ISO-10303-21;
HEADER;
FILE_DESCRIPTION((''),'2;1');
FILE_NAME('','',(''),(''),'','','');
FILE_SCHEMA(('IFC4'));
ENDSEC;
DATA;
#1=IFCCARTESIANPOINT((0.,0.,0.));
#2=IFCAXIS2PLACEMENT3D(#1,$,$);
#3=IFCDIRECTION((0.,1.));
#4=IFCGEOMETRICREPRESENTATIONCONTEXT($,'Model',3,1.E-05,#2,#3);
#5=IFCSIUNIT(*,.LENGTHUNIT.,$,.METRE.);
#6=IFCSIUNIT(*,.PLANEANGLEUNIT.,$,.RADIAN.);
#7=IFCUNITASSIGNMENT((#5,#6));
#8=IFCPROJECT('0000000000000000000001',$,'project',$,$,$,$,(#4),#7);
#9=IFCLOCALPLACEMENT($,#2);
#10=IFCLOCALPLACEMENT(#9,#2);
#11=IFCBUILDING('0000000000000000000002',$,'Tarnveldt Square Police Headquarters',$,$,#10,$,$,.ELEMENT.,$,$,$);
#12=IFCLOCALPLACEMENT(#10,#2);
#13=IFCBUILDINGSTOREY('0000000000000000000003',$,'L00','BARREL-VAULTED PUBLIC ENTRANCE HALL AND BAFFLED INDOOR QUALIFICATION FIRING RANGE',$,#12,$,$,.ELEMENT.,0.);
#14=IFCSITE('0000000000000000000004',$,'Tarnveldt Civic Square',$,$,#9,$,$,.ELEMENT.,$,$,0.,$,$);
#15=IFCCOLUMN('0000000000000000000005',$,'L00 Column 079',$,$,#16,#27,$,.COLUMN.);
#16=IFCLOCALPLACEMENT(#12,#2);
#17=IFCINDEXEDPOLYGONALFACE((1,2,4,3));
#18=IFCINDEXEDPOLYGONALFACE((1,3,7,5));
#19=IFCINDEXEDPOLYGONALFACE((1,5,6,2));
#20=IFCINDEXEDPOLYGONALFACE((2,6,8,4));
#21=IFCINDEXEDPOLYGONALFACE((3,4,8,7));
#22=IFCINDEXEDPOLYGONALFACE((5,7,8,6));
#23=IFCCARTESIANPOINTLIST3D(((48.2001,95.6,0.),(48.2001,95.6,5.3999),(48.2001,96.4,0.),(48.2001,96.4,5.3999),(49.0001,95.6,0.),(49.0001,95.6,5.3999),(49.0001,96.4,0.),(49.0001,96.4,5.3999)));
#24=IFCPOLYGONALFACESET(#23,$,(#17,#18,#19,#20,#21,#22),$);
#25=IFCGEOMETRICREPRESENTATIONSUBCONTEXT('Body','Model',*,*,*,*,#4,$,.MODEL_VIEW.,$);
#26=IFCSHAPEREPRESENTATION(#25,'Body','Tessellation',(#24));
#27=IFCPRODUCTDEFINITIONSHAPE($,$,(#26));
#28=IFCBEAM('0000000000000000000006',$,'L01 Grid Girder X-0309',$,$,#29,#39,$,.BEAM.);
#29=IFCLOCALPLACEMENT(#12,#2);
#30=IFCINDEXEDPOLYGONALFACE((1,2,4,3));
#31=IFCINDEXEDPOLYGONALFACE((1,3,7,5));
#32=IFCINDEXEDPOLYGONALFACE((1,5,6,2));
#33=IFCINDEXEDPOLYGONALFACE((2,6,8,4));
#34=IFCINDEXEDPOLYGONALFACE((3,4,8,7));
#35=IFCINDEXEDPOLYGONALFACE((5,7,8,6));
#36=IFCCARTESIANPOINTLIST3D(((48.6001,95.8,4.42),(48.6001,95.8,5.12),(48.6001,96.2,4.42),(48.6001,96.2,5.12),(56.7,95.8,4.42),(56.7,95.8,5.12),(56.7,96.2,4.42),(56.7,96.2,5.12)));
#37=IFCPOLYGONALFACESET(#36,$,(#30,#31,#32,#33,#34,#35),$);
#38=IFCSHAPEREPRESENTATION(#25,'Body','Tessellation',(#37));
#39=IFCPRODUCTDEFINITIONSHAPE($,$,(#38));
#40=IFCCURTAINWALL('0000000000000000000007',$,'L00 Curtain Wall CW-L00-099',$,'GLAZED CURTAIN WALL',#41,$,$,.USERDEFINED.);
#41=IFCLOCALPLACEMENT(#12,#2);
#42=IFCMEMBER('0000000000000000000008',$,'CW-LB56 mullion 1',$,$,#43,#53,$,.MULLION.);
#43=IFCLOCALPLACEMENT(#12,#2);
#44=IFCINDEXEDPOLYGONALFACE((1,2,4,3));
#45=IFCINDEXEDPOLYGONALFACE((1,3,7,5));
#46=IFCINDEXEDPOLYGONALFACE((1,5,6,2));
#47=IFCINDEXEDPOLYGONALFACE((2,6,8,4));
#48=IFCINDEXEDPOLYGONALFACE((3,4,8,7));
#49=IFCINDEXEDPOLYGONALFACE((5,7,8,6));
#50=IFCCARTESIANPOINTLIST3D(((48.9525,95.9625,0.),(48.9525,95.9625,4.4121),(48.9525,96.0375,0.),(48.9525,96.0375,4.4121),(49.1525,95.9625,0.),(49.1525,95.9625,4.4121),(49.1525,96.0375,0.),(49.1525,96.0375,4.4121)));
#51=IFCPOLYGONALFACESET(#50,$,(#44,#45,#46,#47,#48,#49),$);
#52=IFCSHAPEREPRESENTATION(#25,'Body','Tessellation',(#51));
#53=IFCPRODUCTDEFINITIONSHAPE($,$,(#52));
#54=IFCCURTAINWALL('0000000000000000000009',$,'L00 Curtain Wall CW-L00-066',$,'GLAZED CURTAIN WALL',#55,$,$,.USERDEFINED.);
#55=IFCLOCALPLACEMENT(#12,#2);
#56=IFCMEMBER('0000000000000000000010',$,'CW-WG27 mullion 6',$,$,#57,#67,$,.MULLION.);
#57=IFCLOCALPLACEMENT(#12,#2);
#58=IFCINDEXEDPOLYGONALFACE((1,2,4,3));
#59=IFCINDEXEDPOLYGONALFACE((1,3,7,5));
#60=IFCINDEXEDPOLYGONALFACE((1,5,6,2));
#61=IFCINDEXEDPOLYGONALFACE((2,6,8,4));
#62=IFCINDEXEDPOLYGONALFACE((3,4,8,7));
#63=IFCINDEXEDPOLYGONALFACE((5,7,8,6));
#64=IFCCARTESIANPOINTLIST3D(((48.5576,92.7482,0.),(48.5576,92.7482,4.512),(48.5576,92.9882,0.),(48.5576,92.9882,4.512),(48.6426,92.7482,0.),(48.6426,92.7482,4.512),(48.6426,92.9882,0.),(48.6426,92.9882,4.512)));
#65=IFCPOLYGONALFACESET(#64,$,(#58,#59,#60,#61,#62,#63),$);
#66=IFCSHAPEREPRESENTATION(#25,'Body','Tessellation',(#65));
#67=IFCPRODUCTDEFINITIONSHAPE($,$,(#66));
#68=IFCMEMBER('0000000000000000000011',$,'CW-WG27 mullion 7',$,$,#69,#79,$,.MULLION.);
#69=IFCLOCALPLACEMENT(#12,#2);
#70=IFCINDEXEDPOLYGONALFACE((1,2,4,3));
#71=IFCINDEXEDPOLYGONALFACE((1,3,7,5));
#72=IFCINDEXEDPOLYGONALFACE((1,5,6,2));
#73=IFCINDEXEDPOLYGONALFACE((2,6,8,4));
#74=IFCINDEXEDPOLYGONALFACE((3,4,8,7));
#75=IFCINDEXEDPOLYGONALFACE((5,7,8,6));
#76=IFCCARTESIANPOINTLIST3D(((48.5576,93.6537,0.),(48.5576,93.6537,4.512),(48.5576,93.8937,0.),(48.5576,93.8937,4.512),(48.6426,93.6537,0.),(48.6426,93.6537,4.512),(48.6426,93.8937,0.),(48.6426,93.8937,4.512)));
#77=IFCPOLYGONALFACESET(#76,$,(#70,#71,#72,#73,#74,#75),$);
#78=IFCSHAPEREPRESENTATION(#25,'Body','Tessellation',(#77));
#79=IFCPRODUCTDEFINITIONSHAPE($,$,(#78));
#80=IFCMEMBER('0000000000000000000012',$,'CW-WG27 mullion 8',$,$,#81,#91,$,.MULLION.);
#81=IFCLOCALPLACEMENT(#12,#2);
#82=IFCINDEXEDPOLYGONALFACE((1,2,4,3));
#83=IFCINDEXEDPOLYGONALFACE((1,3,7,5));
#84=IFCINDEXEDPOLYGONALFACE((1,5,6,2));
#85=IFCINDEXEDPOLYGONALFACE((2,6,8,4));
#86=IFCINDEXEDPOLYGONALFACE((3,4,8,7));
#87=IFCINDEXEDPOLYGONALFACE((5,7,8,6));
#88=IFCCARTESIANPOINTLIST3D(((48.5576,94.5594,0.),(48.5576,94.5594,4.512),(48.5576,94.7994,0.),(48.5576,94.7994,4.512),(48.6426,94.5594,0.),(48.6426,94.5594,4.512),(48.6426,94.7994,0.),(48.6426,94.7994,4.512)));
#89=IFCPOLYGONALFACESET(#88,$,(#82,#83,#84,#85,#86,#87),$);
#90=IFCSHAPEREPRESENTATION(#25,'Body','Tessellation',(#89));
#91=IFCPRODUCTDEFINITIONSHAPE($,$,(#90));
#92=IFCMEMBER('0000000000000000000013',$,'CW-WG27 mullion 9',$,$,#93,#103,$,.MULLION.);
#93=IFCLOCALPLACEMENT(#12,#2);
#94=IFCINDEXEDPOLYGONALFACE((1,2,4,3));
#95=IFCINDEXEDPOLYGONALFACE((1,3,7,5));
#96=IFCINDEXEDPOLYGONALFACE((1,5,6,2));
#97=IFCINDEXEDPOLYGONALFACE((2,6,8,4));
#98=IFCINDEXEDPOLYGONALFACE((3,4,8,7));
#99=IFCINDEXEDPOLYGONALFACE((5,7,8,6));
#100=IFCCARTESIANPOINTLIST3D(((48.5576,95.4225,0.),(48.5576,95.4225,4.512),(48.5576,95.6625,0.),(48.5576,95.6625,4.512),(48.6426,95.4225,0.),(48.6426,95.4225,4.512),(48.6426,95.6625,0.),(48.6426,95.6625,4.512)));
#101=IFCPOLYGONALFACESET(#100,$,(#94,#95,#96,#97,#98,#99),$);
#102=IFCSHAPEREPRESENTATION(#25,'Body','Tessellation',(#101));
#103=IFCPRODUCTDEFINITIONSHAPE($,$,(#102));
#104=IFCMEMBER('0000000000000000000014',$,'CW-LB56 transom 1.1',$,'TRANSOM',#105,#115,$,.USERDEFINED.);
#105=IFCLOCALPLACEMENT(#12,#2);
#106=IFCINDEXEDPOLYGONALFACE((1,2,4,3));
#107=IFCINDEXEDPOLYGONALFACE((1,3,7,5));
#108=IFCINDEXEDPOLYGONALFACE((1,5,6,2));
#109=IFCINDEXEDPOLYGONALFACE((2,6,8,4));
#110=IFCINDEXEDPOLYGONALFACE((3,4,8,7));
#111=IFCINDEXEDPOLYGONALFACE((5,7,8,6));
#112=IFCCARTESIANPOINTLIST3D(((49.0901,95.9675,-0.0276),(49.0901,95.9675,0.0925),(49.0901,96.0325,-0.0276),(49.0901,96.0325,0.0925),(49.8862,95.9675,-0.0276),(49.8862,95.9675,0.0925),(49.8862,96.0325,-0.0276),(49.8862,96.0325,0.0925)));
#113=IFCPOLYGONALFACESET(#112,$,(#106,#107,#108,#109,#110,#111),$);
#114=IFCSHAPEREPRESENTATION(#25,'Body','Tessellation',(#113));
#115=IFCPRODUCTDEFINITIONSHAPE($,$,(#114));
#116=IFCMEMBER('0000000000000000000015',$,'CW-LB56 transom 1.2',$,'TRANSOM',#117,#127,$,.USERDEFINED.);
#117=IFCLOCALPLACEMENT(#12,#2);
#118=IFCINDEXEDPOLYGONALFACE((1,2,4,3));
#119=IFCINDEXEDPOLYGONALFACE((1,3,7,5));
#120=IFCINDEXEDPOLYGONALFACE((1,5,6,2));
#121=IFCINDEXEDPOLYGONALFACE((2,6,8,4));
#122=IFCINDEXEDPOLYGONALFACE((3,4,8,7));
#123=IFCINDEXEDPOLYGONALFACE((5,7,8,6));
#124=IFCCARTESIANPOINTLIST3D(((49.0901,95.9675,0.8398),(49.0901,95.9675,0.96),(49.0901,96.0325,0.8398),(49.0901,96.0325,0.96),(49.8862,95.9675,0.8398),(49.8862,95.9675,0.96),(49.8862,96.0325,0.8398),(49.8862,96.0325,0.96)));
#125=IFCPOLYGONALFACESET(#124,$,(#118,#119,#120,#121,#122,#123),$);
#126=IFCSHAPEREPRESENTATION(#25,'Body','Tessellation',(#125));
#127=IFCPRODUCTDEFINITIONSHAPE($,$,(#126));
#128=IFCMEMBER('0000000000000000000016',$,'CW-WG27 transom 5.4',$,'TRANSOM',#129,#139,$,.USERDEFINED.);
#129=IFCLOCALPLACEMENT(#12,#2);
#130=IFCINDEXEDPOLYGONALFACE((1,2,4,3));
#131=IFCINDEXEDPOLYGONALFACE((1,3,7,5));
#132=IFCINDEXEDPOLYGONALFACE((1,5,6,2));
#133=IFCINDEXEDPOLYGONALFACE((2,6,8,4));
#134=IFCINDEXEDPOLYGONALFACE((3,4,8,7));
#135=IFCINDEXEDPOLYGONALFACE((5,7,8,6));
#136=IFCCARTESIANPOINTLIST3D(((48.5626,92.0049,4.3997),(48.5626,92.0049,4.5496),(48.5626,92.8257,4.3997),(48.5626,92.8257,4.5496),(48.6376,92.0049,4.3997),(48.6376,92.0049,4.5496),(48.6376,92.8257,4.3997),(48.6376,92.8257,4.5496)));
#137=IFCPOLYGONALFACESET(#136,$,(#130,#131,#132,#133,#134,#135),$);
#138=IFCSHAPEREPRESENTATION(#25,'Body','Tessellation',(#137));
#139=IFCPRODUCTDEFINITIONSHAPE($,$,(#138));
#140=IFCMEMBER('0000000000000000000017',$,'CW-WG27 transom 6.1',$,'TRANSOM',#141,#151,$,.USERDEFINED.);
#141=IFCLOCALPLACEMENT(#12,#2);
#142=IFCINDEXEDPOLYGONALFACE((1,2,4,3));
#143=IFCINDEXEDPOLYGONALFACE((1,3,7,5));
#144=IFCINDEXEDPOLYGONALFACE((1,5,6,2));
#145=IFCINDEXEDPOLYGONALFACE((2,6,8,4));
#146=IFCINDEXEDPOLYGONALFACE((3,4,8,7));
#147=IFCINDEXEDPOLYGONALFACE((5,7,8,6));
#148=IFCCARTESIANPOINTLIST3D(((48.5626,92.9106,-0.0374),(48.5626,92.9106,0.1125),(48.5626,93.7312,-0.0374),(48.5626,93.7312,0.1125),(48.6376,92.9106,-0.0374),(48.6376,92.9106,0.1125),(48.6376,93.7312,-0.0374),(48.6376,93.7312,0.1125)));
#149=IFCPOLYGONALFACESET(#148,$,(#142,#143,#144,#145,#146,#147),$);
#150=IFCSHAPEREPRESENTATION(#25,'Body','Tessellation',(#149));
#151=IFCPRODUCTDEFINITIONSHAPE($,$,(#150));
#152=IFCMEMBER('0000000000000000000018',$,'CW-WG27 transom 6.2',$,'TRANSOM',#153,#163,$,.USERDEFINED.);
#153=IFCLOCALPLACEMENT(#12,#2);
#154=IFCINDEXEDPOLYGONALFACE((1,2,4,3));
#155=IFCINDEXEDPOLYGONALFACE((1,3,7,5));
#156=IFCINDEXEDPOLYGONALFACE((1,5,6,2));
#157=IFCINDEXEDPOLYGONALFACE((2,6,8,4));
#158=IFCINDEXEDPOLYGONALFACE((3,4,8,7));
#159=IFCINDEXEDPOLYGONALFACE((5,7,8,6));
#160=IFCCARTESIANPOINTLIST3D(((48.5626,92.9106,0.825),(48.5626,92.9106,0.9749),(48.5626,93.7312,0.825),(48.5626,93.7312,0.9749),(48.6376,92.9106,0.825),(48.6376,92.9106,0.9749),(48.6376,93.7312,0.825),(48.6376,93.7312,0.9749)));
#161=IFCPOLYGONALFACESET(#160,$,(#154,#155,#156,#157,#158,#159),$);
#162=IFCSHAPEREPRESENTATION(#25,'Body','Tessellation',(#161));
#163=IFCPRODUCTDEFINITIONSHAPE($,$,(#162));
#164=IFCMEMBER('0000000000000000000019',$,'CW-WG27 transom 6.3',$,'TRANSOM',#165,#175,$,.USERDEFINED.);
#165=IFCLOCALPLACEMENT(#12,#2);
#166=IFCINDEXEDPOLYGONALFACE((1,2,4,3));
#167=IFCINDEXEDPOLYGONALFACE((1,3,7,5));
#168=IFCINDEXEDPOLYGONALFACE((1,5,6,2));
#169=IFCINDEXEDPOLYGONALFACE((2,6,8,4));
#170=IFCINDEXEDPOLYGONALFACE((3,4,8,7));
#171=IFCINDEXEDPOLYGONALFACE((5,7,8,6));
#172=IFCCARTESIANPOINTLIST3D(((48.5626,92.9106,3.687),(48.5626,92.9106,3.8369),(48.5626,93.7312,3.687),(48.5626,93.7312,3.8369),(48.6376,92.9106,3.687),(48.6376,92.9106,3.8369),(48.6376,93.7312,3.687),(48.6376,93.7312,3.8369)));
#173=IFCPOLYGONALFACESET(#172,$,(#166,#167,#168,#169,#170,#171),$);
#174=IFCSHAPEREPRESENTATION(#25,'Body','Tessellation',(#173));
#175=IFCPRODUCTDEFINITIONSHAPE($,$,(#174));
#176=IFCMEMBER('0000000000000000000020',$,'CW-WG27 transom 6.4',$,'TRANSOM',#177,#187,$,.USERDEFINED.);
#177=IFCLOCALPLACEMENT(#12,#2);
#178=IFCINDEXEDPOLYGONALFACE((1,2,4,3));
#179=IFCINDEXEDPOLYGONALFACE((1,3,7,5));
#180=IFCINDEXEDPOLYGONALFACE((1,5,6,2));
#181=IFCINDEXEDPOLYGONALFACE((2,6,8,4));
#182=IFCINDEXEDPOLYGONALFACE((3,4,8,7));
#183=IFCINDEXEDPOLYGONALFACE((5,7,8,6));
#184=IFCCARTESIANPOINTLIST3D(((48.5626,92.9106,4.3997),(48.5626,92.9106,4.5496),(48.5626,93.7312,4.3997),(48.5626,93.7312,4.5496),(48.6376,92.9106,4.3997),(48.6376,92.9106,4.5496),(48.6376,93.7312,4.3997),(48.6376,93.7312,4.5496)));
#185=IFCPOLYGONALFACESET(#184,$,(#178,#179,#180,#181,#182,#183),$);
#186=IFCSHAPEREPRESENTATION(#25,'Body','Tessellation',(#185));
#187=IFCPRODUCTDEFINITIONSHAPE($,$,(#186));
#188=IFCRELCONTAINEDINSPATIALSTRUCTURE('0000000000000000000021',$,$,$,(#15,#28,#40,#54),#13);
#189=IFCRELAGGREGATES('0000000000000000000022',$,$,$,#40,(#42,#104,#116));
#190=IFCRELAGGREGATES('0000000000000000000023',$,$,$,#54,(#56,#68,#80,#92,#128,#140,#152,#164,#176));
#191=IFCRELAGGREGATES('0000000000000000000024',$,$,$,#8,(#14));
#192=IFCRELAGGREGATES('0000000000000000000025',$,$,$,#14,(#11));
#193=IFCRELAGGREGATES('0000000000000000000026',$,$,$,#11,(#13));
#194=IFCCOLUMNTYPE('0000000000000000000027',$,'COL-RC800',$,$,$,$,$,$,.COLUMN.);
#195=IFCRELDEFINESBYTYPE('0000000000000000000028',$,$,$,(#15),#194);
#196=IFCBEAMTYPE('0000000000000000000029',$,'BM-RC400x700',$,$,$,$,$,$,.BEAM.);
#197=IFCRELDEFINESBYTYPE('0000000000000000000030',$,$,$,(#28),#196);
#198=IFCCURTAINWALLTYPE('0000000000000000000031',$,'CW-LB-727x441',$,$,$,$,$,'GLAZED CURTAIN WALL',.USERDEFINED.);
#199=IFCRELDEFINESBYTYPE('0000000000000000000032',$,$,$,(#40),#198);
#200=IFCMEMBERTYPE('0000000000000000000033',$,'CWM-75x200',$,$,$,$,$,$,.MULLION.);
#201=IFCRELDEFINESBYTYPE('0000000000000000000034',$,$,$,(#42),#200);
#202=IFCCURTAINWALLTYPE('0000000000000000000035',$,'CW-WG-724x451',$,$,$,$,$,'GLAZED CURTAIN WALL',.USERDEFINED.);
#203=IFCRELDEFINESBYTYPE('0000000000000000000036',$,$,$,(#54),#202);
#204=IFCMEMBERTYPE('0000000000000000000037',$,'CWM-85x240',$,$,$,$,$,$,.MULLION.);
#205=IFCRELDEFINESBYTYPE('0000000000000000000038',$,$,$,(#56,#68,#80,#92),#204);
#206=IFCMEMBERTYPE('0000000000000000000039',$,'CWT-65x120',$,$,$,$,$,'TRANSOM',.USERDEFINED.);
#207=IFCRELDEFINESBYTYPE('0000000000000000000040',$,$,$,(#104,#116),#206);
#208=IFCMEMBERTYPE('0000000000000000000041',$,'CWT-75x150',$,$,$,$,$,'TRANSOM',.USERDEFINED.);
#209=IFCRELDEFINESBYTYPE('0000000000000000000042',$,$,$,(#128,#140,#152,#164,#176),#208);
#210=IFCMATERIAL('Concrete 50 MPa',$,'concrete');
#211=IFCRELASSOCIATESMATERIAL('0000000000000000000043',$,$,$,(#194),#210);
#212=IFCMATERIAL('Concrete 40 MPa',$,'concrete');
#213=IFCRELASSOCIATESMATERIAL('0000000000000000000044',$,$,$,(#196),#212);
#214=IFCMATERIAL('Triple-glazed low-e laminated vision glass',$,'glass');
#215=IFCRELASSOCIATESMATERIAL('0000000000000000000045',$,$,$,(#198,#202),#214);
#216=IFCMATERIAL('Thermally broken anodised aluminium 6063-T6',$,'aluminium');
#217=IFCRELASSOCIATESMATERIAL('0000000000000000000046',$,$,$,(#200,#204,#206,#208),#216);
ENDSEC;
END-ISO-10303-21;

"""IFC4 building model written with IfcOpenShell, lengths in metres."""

from ifc_helpers import new_model, si_unit, direction, frame, origin, origin_2d, place, context, subcontext, project, spatial, rectangle, extrude, material, material_profile, profile_set, type_object, element, aggregate, save


model = new_model("IFC4")

# Units and contexts
model_context = context("Model", 3, precision=1e-05, world=origin(), true_north=direction((0.0, 1.0)))
body_context = subcontext(model_context, "Body", "Model", "MODEL_VIEW")
ifc_project = project(units=[si_unit("LENGTHUNIT", "METRE"), si_unit("PLANEANGLEUNIT", "RADIAN")], contexts=[model_context])

# Site, building, storey
site_placement = place(None, origin())
site = spatial("IfcSite", under=ifc_project, at=site_placement, Name="Tarnveldt Civic Square", CompositionType="ELEMENT", RefElevation=0.0)
building_placement = place(site_placement, origin())
building = spatial("IfcBuilding", under=site, at=building_placement, Name="Tarnveldt Square Police Headquarters", CompositionType="ELEMENT")
storey_placement = place(building_placement, origin())
storey = spatial("IfcBuildingStorey", under=building, at=storey_placement, Name="L00", Description="BARREL-VAULTED PUBLIC ENTRANCE HALL AND BAFFLED INDOOR QUALIFICATION FIRING RANGE", CompositionType="ELEMENT", Elevation=0.0)

# Column
ifc_material_1 = material(Name="Concrete 50 MPa", Category="concrete")
ifc_material_profile_1 = material_profile(ifc_material_1, rectangle(XDim=0.8, YDim=0.8, at=origin_2d()), Name="RC-C800x800")
ifc_profile_set_1 = profile_set([ifc_material_profile_1], Name="Concrete 50 MPa")
column_type = type_object("IfcColumnType", Name="COL-RC800", PredefinedType="COLUMN", material=ifc_profile_set_1)
column_placement = place(storey_placement, frame((48.6001, 96.0, 0.0), z_axis=(0.0, 0.0, 1.0), x_axis=(1.0, 0.0, 0.0)))
element("IfcColumn", 1, at=column_placement, inside=storey, type_object=column_type, Name="L00 Column 079", PredefinedType="COLUMN", context=body_context, shape_type="SweptSolid", body=[
    extrude(rectangle(XDim=0.8, YDim=0.8, at=origin_2d()), origin(), (0.0, 0.0, 1.0), 5.3999),
])

# Beam
ifc_material_2 = material(Name="Concrete 40 MPa", Category="concrete")
ifc_material_profile_2 = material_profile(ifc_material_2, rectangle(XDim=0.3999, YDim=0.7, at=origin_2d()), Name="RC-B400x700")
ifc_profile_set_2 = profile_set([ifc_material_profile_2], Name="Concrete 40 MPa")
beam_type = type_object("IfcBeamType", Name="BM-RC400x700", PredefinedType="BEAM", material=ifc_profile_set_2)
beam_placement = place(storey_placement, frame((48.6001, 96.0, 4.77), z_axis=(1.0, 0.0, 0.0), x_axis=(0.0, 1.0, 0.0)))
element("IfcBeam", 2, at=beam_placement, inside=storey, type_object=beam_type, Name="L01 Grid Girder X-0309", PredefinedType="BEAM", context=body_context, shape_type="SweptSolid", body=[
    extrude(rectangle(XDim=0.3999, YDim=0.7, at=origin_2d()), origin(), (0.0, 0.0, 1.0), 8.0999),
])

# Curtain wall, member
ifc_material_3 = material(Name="Triple-glazed low-e laminated vision glass", Category="glass")
curtain_wall_type_1 = type_object("IfcCurtainWallType", Name="CW-LB-727x441", ElementType="GLAZED CURTAIN WALL", PredefinedType="USERDEFINED", material=ifc_material_3)
curtain_wall_1_placement = place(storey_placement, origin())
curtain_wall_1 = element("IfcCurtainWall", 3, at=curtain_wall_1_placement, inside=storey, type_object=curtain_wall_type_1, Name="L00 Curtain Wall CW-L00-099", ObjectType="GLAZED CURTAIN WALL", PredefinedType="USERDEFINED")
ifc_material_4 = material(Name="Thermally broken anodised aluminium 6063-T6", Category="aluminium")
ifc_material_profile_3 = material_profile(ifc_material_4, rectangle(XDim=0.075, YDim=0.2, at=origin_2d()), Name="CW-M75x200")
ifc_profile_set_3 = profile_set([ifc_material_profile_3], Name="Thermally broken anodised aluminium 6063-T6")
member_type_1 = type_object("IfcMemberType", Name="CWM-75x200", PredefinedType="MULLION", material=ifc_profile_set_3)
member_1_placement = place(storey_placement, frame((49.0525, 96.0, 0.0), z_axis=(0.0, 0.0, 1.0), x_axis=(0.0, 1.0, 0.0)))
member_1 = element("IfcMember", 4, at=member_1_placement, type_object=member_type_1, Name="CW-LB56 mullion 1", PredefinedType="MULLION", context=body_context, shape_type="SweptSolid", body=[
    extrude(rectangle(XDim=0.075, YDim=0.2, at=origin_2d()), origin(), (0.0, 0.0, 1.0), 4.4121),
])

# Curtain wall, members
curtain_wall_type_2 = type_object("IfcCurtainWallType", Name="CW-WG-724x451", ElementType="GLAZED CURTAIN WALL", PredefinedType="USERDEFINED", material=ifc_material_3)
curtain_wall_2_placement = place(storey_placement, origin())
curtain_wall_2 = element("IfcCurtainWall", 5, at=curtain_wall_2_placement, inside=storey, type_object=curtain_wall_type_2, Name="L00 Curtain Wall CW-L00-066", ObjectType="GLAZED CURTAIN WALL", PredefinedType="USERDEFINED")
ifc_material_profile_4 = material_profile(ifc_material_4, rectangle(XDim=0.085, YDim=0.24, at=origin_2d()), Name="CW-M85x240")
ifc_profile_set_4 = profile_set([ifc_material_profile_4], Name="Thermally broken anodised aluminium 6063-T6")
member_type_2 = type_object("IfcMemberType", Name="CWM-85x240", PredefinedType="MULLION", material=ifc_profile_set_4)
member_2_placement = place(storey_placement, frame((48.6001, 92.8682, 0.0), z_axis=(0.0, 0.0, 1.0), x_axis=(-1.0, 0.0, 0.0)))
member_2 = element("IfcMember", 6, at=member_2_placement, type_object=member_type_2, Name="CW-WG27 mullion 6", PredefinedType="MULLION", context=body_context, shape_type="SweptSolid", body=[
    extrude(rectangle(XDim=0.085, YDim=0.24, at=origin_2d()), origin(), (0.0, 0.0, 1.0), 4.512),
])
member_3_placement = place(storey_placement, frame((48.6001, 93.7737, 0.0), z_axis=(0.0, 0.0, 1.0), x_axis=(-1.0, 0.0, 0.0)))
member_3 = element("IfcMember", 7, at=member_3_placement, type_object=member_type_2, Name="CW-WG27 mullion 7", PredefinedType="MULLION", context=body_context, shape_type="SweptSolid", body=[
    extrude(rectangle(XDim=0.085, YDim=0.24, at=origin_2d()), origin(), (0.0, 0.0, 1.0), 4.512),
])
member_4_placement = place(storey_placement, frame((48.6001, 94.6794, 0.0), z_axis=(0.0, 0.0, 1.0), x_axis=(-1.0, 0.0, 0.0)))
member_4 = element("IfcMember", 8, at=member_4_placement, type_object=member_type_2, Name="CW-WG27 mullion 8", PredefinedType="MULLION", context=body_context, shape_type="SweptSolid", body=[
    extrude(rectangle(XDim=0.085, YDim=0.24, at=origin_2d()), origin(), (0.0, 0.0, 1.0), 4.512),
])
member_5_placement = place(storey_placement, frame((48.6001, 95.5425, 0.0), z_axis=(0.0, 0.0, 1.0), x_axis=(-1.0, 0.0, 0.0)))
member_5 = element("IfcMember", 9, at=member_5_placement, type_object=member_type_2, Name="CW-WG27 mullion 9", PredefinedType="MULLION", context=body_context, shape_type="SweptSolid", body=[
    extrude(rectangle(XDim=0.085, YDim=0.24, at=origin_2d()), origin(), (0.0, 0.0, 1.0), 4.512),
])

# Members
ifc_material_profile_5 = material_profile(ifc_material_4, rectangle(XDim=0.0649, YDim=0.1201, at=origin_2d()), Name="CW-T65x120")
ifc_profile_set_5 = profile_set([ifc_material_profile_5], Name="Thermally broken anodised aluminium 6063-T6")
member_type_3 = type_object("IfcMemberType", Name="CWT-65x120", ElementType="TRANSOM", PredefinedType="USERDEFINED", material=ifc_profile_set_5)
member_6_placement = place(storey_placement, frame((49.0901, 96.0, 0.0325), z_axis=(1.0, 0.0, 0.0), x_axis=(0.0, 1.0, 0.0)))
member_6 = element("IfcMember", 10, at=member_6_placement, type_object=member_type_3, Name="CW-LB56 transom 1.1", ObjectType="TRANSOM", PredefinedType="USERDEFINED", context=body_context, shape_type="SweptSolid", body=[
    extrude(rectangle(XDim=0.0649, YDim=0.1201, at=origin_2d()), origin(), (0.0, 0.0, 1.0), 0.7961),
])
member_7_placement = place(storey_placement, frame((49.0901, 96.0, 0.8999), z_axis=(1.0, 0.0, 0.0), x_axis=(0.0, 1.0, 0.0)))
member_7 = element("IfcMember", 11, at=member_7_placement, type_object=member_type_3, Name="CW-LB56 transom 1.2", ObjectType="TRANSOM", PredefinedType="USERDEFINED", context=body_context, shape_type="SweptSolid", body=[
    extrude(rectangle(XDim=0.0649, YDim=0.1201, at=origin_2d()), origin(), (0.0, 0.0, 1.0), 0.7961),
])
aggregate(curtain_wall_1, [member_1, member_6, member_7])
ifc_material_profile_6 = material_profile(ifc_material_4, rectangle(XDim=0.075, YDim=0.1499, at=origin_2d()), Name="CW-T75x150")
ifc_profile_set_6 = profile_set([ifc_material_profile_6], Name="Thermally broken anodised aluminium 6063-T6")
member_type_4 = type_object("IfcMemberType", Name="CWT-75x150", ElementType="TRANSOM", PredefinedType="USERDEFINED", material=ifc_profile_set_6)
member_8_placement = place(storey_placement, frame((48.6001, 92.0049, 4.4746), z_axis=(0.0, 1.0, 0.0), x_axis=(-1.0, 0.0, 0.0)))
member_8 = element("IfcMember", 12, at=member_8_placement, type_object=member_type_4, Name="CW-WG27 transom 5.4", ObjectType="TRANSOM", PredefinedType="USERDEFINED", context=body_context, shape_type="SweptSolid", body=[
    extrude(rectangle(XDim=0.075, YDim=0.1499, at=origin_2d()), origin(), (0.0, 0.0, 1.0), 0.8208),
])
member_9_placement = place(storey_placement, frame((48.6001, 92.9106, 0.0376), z_axis=(0.0, 1.0, 0.0), x_axis=(-1.0, 0.0, 0.0)))
member_9 = element("IfcMember", 13, at=member_9_placement, type_object=member_type_4, Name="CW-WG27 transom 6.1", ObjectType="TRANSOM", PredefinedType="USERDEFINED", context=body_context, shape_type="SweptSolid", body=[
    extrude(rectangle(XDim=0.075, YDim=0.1499, at=origin_2d()), origin(), (0.0, 0.0, 1.0), 0.8206),
])
member_10_placement = place(storey_placement, frame((48.6001, 92.9106, 0.8999), z_axis=(0.0, 1.0, 0.0), x_axis=(-1.0, 0.0, 0.0)))
member_10 = element("IfcMember", 14, at=member_10_placement, type_object=member_type_4, Name="CW-WG27 transom 6.2", ObjectType="TRANSOM", PredefinedType="USERDEFINED", context=body_context, shape_type="SweptSolid", body=[
    extrude(rectangle(XDim=0.075, YDim=0.1499, at=origin_2d()), origin(), (0.0, 0.0, 1.0), 0.8206),
])
member_11_placement = place(storey_placement, frame((48.6001, 92.9106, 3.762), z_axis=(0.0, 1.0, 0.0), x_axis=(-1.0, 0.0, 0.0)))
member_11 = element("IfcMember", 15, at=member_11_placement, type_object=member_type_4, Name="CW-WG27 transom 6.3", ObjectType="TRANSOM", PredefinedType="USERDEFINED", context=body_context, shape_type="SweptSolid", body=[
    extrude(rectangle(XDim=0.075, YDim=0.1499, at=origin_2d()), origin(), (0.0, 0.0, 1.0), 0.8206),
])
member_12_placement = place(storey_placement, frame((48.6001, 92.9106, 4.4746), z_axis=(0.0, 1.0, 0.0), x_axis=(-1.0, 0.0, 0.0)))
member_12 = element("IfcMember", 16, at=member_12_placement, type_object=member_type_4, Name="CW-WG27 transom 6.4", ObjectType="TRANSOM", PredefinedType="USERDEFINED", context=body_context, shape_type="SweptSolid", body=[
    extrude(rectangle(XDim=0.075, YDim=0.1499, at=origin_2d()), origin(), (0.0, 0.0, 1.0), 0.8206),
])

aggregate(curtain_wall_2, [member_2, member_3, member_4, member_5, member_8, member_9, member_10, member_11, member_12])

save(model, "model.ifc")
